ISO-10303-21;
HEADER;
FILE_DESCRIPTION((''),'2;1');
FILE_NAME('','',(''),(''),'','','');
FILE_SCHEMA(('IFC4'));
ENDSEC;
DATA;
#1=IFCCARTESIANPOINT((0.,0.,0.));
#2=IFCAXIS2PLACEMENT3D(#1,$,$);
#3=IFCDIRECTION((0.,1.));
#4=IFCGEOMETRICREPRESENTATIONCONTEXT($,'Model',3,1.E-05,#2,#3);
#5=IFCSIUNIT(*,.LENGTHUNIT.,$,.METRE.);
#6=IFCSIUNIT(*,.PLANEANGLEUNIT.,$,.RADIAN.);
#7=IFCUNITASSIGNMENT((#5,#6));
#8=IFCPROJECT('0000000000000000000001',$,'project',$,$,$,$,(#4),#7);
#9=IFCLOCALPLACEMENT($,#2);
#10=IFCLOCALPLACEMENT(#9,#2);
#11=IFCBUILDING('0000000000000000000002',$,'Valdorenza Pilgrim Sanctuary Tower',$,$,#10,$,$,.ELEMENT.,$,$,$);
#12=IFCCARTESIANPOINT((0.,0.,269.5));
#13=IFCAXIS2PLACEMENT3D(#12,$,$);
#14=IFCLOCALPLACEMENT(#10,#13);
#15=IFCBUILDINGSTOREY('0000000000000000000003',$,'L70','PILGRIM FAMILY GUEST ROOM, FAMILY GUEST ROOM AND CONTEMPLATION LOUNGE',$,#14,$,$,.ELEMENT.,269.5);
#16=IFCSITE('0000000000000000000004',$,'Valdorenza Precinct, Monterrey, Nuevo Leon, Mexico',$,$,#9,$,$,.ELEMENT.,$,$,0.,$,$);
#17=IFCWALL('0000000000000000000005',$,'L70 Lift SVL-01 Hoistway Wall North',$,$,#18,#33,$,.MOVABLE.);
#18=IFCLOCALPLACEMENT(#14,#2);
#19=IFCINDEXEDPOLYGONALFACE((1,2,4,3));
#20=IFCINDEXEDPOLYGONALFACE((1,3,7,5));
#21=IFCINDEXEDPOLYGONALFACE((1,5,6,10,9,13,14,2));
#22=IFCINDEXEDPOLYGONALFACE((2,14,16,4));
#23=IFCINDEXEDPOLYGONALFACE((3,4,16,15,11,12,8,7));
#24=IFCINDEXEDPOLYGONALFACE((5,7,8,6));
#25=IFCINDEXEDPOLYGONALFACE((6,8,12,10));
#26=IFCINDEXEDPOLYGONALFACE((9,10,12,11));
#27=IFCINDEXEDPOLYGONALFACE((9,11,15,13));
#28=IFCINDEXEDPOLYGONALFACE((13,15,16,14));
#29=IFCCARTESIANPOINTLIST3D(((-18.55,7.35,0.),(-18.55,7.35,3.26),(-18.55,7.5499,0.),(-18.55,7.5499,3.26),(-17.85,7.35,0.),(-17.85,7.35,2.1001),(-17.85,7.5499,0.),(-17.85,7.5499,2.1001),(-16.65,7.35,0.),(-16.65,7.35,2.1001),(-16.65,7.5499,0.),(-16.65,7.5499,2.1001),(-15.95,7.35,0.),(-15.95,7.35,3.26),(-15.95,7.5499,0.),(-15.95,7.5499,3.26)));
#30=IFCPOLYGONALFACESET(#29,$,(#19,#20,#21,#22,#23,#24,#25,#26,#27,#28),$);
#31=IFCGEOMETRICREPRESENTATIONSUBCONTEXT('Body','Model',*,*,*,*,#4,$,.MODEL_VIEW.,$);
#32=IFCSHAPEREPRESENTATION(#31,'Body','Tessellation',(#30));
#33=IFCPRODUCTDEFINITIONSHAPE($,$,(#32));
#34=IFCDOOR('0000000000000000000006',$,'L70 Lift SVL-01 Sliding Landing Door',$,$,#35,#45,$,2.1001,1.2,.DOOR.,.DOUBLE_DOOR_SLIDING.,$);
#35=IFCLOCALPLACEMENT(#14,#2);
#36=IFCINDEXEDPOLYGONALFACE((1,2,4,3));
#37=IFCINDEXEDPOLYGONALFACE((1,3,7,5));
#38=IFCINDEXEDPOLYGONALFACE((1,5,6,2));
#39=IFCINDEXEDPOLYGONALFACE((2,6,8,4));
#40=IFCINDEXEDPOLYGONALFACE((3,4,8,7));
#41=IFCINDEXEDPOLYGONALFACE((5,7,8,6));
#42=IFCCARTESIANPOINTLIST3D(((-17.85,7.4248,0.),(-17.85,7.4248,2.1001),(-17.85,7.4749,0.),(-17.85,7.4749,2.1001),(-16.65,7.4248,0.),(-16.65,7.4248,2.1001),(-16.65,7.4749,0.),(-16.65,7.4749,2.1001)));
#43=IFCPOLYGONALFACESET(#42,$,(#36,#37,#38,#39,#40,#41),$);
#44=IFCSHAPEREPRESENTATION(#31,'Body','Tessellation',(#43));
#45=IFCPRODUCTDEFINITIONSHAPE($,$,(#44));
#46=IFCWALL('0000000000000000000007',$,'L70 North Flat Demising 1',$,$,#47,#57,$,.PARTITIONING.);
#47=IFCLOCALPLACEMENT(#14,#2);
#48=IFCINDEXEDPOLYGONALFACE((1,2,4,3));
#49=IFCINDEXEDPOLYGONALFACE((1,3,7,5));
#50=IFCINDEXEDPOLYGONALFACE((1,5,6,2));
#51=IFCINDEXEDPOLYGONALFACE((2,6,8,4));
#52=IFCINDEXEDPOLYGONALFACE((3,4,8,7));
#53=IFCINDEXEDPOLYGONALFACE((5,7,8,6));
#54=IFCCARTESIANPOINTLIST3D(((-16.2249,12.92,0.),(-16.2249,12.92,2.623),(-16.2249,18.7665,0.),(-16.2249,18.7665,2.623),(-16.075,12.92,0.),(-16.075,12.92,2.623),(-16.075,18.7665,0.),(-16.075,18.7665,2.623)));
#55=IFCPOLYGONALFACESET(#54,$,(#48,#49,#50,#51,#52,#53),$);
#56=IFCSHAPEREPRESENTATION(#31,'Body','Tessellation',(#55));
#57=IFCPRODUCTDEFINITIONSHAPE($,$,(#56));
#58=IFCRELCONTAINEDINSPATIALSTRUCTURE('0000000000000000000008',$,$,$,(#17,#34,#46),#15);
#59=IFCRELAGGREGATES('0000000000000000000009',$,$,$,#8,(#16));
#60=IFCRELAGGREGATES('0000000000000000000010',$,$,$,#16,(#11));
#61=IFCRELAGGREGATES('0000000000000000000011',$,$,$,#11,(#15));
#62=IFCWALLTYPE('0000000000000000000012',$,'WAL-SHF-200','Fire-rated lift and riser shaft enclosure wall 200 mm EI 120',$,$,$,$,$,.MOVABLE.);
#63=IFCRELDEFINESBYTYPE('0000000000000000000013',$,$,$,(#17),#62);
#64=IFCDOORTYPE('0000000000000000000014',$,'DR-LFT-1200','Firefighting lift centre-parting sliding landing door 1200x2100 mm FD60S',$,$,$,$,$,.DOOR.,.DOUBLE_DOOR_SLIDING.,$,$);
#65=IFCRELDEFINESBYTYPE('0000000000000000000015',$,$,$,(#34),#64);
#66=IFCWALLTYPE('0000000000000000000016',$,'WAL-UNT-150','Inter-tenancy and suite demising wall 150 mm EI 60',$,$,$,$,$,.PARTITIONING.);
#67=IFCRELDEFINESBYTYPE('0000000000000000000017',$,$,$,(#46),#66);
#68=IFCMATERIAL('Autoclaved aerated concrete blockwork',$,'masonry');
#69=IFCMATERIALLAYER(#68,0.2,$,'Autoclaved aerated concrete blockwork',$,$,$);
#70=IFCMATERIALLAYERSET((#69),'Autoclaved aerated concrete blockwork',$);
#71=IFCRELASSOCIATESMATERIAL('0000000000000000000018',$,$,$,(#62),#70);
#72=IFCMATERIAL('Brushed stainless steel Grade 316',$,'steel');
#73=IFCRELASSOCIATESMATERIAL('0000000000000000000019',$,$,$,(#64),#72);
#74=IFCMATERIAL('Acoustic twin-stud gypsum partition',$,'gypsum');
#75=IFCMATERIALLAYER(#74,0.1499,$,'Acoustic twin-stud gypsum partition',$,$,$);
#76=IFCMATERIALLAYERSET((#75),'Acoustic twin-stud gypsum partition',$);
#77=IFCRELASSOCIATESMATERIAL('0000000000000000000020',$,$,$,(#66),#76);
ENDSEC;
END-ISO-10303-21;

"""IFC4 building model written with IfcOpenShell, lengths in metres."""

from ifc_helpers import new_model, si_unit, direction, frame, frame_2d, origin, place, context, subcontext, project, spatial, rectangle, extrude, material, layer, layer_set, type_object, element, fill, save


model = new_model("IFC4")

# Units and contexts
model_context = context("Model", 3, precision=1e-05, world=origin(), true_north=direction((0.0, 1.0)))
body_context = subcontext(model_context, "Body", "Model", "MODEL_VIEW")
ifc_project = project(units=[si_unit("LENGTHUNIT", "METRE"), si_unit("PLANEANGLEUNIT", "RADIAN")], contexts=[model_context])

# Site, building, storey
site_placement = place(None, origin())
site = spatial("IfcSite", under=ifc_project, at=site_placement, Name="Valdorenza Precinct, Monterrey, Nuevo Leon, Mexico", CompositionType="ELEMENT", RefElevation=0.0)
building_placement = place(site_placement, origin())
building = spatial("IfcBuilding", under=site, at=building_placement, Name="Valdorenza Pilgrim Sanctuary Tower", CompositionType="ELEMENT")
storey_placement = place(building_placement, frame((0.0, 0.0, 269.5)))
storey = spatial("IfcBuildingStorey", under=building, at=storey_placement, Name="L70", Description="PILGRIM FAMILY GUEST ROOM, FAMILY GUEST ROOM AND CONTEMPLATION LOUNGE", CompositionType="ELEMENT", Elevation=269.5)

# Shared definitions
ifc_material_1 = material(Name="Acoustic twin-stud gypsum partition", Category="gypsum")

# Wall, opening, door
ifc_material_2 = material(Name="Autoclaved aerated concrete blockwork", Category="masonry")
ifc_layer_1 = layer(ifc_material_2, 0.2, Name="Autoclaved aerated concrete blockwork")
ifc_layer_set_1 = layer_set([ifc_layer_1], Name="Autoclaved aerated concrete blockwork")
wall_type_1 = type_object("IfcWallType", Name="WAL-SHF-200", Description="Fire-rated lift and riser shaft enclosure wall 200 mm EI 120", PredefinedType="MOVABLE", material=ifc_layer_set_1)
wall_1_placement = place(storey_placement, frame((-18.55, 7.45, 0.0), z_axis=(0.0, 0.0, 1.0), x_axis=(1.0, 0.0, 0.0)))
wall_1 = element("IfcWall", 1, at=wall_1_placement, inside=storey, type_object=wall_type_1, Name="L70 Lift SVL-01 Hoistway Wall North", PredefinedType="MOVABLE", context=body_context, shape_type="SweptSolid", body=[
    extrude(rectangle(XDim=2.6001, YDim=0.2, at=frame_2d((1.3, 0.0))), origin(), (0.0, 0.0, 1.0), 3.26),
])
opening_1_placement = place(wall_1_placement, frame((0.7, 0.0, 0.0)))
opening_1 = element("IfcOpeningElement", 2, at=opening_1_placement, cuts=wall_1, PredefinedType="OPENING", context=body_context, shape_type="SweptSolid", body=[
    extrude(rectangle(XDim=1.2, YDim=2.1001, at=frame_2d((0.6001, 1.05))), frame((0.0, 0.1147, 0.0), z_axis=(0.0, -1.0, 0.0), x_axis=(1.0, 0.0, 0.0)), (0.0, 0.0, 1.0), 0.2297),
])
ifc_material_3 = material(Name="Brushed stainless steel Grade 316", Category="steel")
door_type_1 = type_object("IfcDoorType", Name="DR-LFT-1200", Description="Firefighting lift centre-parting sliding landing door 1200x2100 mm FD60S", OperationType="DOUBLE_DOOR_SLIDING", PredefinedType="DOOR", material=ifc_material_3)
door_1_placement = place(opening_1_placement, origin())
door_1 = element("IfcDoor", 3, at=door_1_placement, inside=storey, type_object=door_type_1, Name="L70 Lift SVL-01 Sliding Landing Door", OperationType="DOUBLE_DOOR_SLIDING", OverallHeight=2.1001, OverallWidth=1.2, PredefinedType="DOOR", context=body_context, shape_type="SweptSolid", body=[
    extrude(rectangle(XDim=1.2, YDim=2.1001, at=frame_2d((0.6001, 1.05))), frame((0.0, 0.0249, 0.0), z_axis=(0.0, -1.0, 0.0), x_axis=(1.0, 0.0, 0.0)), (0.0, 0.0, 1.0), 0.05),
])
fill(opening_1, door_1)

# Wall
ifc_layer_2 = layer(ifc_material_1, 0.1499, Name="Acoustic twin-stud gypsum partition")
ifc_layer_set_2 = layer_set([ifc_layer_2], Name="Acoustic twin-stud gypsum partition")
wall_type_2 = type_object("IfcWallType", Name="WAL-UNT-150", Description="Inter-tenancy and suite demising wall 150 mm EI 60", PredefinedType="PARTITIONING", material=ifc_layer_set_2)
wall_2_placement = place(storey_placement, frame((-16.1499, 12.9199, 0.0), z_axis=(0.0, 0.0, 1.0), x_axis=(0.0, 1.0, 0.0)))
element("IfcWall", 4, at=wall_2_placement, inside=storey, type_object=wall_type_2, Name="L70 North Flat Demising 1", PredefinedType="PARTITIONING", context=body_context, shape_type="SweptSolid", body=[
    extrude(rectangle(XDim=5.8464, YDim=0.1499, at=frame_2d((2.9233, 0.0))), origin(), (0.0, 0.0, 1.0), 2.623),
])

save(model, "model.ifc")
